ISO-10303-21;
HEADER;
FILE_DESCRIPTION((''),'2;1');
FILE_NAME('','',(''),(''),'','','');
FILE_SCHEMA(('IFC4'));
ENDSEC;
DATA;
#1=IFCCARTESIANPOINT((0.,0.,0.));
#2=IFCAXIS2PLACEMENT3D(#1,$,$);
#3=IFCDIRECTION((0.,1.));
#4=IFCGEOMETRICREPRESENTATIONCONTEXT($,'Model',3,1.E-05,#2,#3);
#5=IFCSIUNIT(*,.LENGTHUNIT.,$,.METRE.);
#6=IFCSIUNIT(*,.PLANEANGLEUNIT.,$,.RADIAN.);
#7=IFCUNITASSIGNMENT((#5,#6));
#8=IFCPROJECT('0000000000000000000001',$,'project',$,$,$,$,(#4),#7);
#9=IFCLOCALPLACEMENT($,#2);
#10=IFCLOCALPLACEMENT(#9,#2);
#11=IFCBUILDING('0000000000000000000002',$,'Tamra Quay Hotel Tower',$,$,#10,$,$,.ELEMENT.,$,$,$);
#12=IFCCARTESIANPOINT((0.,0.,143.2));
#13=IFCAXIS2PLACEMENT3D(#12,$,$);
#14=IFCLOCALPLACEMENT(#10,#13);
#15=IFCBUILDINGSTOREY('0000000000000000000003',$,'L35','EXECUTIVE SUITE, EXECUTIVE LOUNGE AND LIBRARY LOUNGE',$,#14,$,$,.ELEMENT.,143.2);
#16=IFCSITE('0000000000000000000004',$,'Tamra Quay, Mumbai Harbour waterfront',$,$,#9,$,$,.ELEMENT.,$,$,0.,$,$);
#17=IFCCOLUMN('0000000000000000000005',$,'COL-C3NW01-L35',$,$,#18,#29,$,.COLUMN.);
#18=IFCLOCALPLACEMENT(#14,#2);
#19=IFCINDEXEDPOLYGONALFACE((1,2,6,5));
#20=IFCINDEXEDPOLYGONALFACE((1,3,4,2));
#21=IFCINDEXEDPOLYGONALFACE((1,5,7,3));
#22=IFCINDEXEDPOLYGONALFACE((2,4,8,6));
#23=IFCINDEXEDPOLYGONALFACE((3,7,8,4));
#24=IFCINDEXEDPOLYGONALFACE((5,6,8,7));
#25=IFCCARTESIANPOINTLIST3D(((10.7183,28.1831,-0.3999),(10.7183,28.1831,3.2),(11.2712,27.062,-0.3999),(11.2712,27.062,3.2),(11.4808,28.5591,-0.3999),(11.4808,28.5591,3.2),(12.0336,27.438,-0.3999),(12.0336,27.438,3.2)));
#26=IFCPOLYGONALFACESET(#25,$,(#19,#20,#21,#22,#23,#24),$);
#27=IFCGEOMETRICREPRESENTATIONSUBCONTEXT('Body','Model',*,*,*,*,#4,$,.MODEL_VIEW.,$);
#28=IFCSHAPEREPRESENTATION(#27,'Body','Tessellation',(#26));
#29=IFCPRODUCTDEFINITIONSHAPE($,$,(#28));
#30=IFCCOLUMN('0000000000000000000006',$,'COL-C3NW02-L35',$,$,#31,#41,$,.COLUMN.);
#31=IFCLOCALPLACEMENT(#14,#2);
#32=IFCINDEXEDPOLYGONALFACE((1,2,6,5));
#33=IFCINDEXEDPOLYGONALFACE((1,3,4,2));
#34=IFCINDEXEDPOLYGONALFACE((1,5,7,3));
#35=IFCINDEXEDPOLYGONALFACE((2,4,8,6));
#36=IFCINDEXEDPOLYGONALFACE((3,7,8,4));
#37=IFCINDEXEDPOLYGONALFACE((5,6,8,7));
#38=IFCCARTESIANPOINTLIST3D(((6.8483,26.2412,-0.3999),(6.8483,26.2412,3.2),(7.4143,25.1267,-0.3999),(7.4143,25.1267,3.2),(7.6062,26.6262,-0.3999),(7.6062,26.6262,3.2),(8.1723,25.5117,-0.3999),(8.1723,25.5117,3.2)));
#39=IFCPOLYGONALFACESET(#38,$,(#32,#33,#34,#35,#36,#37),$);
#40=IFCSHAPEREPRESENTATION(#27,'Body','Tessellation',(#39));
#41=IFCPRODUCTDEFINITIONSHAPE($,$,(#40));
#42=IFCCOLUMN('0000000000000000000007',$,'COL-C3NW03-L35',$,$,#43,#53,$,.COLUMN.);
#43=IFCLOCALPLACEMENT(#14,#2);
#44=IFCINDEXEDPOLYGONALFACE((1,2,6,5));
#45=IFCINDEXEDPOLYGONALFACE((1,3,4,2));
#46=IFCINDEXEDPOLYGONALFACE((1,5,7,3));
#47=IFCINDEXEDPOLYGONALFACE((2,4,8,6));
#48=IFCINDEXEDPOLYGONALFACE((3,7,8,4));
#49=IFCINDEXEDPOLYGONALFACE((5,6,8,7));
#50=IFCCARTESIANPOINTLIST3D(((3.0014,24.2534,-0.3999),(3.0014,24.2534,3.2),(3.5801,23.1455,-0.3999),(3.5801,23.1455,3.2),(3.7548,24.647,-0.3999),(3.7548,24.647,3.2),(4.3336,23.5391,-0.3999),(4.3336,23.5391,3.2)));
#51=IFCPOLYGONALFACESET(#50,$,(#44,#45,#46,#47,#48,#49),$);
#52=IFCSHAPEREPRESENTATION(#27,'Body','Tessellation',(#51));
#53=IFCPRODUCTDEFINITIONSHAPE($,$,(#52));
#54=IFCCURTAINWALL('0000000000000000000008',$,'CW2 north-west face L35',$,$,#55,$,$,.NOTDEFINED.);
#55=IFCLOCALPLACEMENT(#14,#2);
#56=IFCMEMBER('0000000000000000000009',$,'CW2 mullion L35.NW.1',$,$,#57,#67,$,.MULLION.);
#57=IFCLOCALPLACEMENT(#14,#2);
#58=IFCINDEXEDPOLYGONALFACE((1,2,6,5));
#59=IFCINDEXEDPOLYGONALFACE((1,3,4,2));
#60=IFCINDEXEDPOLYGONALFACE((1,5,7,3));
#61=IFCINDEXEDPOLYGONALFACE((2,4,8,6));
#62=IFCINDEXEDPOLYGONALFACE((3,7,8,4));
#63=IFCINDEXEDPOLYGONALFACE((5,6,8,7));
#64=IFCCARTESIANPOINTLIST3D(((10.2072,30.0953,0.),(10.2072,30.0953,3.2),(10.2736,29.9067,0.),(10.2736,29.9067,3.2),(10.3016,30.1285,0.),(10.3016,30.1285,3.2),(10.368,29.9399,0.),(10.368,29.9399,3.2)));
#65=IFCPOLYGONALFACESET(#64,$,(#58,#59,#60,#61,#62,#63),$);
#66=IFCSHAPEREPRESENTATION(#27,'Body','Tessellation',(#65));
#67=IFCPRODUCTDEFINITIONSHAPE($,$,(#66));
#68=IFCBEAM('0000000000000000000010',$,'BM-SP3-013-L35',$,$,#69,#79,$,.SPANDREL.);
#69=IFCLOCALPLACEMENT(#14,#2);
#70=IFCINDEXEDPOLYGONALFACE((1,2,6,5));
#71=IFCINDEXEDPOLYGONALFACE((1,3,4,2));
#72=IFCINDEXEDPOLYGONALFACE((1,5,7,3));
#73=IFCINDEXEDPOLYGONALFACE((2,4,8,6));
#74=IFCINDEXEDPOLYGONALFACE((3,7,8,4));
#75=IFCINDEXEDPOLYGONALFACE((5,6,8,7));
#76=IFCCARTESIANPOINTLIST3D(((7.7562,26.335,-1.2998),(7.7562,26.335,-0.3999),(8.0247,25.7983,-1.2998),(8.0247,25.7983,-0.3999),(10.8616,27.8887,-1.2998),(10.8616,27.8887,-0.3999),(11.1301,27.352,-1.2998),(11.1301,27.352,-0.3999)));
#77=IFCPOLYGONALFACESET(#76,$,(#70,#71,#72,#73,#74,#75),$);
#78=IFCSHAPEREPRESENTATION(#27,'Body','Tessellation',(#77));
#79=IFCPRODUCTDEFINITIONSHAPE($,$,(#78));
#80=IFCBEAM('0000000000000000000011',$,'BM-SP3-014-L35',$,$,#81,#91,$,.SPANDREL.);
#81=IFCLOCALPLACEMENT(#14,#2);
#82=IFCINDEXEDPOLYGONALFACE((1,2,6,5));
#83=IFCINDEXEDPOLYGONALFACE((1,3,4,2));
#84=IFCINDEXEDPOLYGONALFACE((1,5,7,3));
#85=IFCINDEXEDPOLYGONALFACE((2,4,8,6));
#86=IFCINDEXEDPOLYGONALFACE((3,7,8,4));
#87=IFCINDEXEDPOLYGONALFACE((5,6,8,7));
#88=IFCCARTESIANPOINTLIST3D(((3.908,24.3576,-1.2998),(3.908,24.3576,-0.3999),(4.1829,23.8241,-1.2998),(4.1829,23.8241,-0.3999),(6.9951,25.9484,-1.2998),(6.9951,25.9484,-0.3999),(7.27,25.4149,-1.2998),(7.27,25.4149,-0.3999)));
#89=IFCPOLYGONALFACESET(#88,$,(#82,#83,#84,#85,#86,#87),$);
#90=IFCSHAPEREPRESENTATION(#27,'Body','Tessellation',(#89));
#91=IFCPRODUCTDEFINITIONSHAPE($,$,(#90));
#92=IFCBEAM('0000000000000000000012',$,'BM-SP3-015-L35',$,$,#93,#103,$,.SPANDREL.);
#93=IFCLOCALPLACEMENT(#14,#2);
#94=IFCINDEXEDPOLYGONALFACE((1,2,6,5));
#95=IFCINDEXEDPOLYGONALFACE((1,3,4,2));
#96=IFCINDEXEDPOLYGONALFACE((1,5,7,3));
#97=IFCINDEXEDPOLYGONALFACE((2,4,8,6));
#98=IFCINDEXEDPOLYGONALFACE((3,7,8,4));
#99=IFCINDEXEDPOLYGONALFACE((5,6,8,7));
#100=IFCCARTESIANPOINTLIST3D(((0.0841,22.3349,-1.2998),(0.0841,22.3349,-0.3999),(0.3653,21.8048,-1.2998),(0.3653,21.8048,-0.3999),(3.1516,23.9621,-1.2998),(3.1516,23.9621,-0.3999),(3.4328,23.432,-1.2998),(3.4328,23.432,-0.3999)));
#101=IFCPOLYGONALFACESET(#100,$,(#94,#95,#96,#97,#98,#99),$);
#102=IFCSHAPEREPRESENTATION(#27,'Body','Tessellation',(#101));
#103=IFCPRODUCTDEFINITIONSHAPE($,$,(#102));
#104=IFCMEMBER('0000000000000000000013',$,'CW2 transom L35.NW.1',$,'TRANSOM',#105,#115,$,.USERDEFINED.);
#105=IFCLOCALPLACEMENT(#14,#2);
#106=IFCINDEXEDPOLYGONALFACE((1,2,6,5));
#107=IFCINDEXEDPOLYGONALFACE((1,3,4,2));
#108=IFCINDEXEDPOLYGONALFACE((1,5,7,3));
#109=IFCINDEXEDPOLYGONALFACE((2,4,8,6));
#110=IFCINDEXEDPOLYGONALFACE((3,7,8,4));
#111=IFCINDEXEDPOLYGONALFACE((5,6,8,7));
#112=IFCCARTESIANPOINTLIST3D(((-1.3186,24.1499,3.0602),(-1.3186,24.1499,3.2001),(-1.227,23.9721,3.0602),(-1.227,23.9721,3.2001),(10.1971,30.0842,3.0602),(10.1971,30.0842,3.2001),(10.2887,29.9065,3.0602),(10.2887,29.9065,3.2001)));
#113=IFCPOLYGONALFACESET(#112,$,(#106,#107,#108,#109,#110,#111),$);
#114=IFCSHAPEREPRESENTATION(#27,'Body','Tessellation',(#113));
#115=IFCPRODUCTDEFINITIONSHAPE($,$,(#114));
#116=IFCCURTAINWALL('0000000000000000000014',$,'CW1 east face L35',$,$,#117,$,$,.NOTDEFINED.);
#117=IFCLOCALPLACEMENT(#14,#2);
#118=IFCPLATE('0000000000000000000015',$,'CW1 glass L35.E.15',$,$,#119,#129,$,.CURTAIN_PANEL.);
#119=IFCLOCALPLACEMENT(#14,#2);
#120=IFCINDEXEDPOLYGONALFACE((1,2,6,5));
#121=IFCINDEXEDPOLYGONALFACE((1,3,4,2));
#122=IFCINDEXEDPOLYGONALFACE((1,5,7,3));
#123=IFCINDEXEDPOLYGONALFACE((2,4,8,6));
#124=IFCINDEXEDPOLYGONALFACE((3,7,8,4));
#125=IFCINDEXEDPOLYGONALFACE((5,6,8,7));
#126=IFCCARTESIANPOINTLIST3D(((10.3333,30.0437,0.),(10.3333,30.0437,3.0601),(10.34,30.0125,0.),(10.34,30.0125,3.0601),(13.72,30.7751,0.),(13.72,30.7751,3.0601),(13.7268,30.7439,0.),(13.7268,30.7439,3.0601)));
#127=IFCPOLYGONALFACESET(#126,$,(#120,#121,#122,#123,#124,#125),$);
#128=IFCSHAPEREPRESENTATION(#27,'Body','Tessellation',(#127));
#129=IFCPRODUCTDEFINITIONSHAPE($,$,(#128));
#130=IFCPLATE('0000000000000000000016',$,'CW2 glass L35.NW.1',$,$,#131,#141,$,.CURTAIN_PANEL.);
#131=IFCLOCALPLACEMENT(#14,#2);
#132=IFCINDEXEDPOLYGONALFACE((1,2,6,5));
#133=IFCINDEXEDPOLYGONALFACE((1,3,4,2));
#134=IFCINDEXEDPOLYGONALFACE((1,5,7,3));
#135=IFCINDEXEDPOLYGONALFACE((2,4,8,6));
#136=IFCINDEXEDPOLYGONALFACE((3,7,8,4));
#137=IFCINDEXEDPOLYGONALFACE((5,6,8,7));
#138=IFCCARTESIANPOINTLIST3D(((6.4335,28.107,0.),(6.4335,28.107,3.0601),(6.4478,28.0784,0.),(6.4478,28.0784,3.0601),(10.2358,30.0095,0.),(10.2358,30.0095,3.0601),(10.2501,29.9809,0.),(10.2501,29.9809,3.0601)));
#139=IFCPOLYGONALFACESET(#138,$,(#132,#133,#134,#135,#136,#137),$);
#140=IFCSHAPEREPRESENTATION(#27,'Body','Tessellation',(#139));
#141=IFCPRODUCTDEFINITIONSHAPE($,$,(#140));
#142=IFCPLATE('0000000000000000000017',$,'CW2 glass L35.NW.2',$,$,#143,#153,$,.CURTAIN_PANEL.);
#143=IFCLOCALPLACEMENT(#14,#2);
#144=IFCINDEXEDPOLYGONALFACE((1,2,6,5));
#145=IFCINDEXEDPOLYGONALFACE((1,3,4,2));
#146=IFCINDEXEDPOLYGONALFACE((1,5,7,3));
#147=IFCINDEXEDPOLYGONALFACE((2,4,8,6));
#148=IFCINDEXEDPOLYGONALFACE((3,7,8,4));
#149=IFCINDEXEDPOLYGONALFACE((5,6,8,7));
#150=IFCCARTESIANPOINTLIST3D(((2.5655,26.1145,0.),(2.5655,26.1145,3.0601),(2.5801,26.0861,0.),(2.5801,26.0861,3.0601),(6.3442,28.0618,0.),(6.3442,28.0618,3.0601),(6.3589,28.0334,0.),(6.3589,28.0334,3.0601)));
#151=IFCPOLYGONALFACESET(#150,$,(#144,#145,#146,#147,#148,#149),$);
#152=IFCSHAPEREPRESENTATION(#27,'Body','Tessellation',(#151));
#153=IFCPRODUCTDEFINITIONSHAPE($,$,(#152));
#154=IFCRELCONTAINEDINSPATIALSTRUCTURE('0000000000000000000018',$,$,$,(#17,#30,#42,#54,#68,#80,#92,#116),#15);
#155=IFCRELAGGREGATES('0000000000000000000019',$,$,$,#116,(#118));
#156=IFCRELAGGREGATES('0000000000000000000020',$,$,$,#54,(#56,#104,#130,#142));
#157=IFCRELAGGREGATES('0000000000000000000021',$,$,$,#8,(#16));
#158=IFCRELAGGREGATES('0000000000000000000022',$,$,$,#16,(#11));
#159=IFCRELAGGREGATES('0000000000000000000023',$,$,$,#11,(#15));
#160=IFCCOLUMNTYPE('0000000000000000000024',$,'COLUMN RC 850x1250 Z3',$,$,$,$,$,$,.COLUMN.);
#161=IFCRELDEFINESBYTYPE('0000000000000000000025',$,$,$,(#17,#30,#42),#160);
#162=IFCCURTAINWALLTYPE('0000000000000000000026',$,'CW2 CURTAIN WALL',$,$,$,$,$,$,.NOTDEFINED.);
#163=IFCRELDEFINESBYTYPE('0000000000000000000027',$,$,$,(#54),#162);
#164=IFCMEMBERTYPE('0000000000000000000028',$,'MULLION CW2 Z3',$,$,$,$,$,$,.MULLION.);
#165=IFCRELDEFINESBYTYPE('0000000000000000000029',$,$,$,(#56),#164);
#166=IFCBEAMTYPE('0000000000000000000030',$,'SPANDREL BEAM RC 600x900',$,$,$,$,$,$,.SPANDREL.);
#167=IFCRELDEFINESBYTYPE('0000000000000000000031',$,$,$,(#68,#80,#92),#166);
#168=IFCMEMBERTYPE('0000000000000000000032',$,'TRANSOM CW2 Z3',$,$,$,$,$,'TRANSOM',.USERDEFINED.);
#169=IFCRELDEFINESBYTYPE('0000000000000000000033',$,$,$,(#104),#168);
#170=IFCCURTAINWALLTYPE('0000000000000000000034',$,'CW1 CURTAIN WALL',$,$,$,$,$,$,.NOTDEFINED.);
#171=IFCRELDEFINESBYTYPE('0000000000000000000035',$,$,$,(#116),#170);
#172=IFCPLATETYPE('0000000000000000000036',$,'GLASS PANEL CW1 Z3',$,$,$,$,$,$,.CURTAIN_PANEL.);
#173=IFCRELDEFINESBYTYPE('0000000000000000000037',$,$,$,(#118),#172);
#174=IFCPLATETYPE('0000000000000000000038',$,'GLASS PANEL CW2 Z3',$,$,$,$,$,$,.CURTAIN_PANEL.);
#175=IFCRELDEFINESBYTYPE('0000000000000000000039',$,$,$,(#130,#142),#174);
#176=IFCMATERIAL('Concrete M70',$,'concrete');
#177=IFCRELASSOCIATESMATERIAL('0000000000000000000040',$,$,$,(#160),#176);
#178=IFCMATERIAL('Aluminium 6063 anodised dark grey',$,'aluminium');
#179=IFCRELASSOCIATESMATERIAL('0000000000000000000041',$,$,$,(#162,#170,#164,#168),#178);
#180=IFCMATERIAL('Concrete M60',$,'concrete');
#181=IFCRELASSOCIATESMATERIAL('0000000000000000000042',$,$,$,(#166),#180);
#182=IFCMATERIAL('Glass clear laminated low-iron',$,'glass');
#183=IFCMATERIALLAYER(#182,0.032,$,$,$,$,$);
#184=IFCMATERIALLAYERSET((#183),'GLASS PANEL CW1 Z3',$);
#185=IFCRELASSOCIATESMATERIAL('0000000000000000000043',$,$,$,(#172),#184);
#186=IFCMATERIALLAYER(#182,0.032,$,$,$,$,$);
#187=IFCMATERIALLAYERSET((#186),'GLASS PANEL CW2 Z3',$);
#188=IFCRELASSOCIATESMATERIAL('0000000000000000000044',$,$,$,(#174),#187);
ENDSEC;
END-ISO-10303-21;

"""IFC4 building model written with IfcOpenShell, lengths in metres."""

from ifc_helpers import new_model, si_unit, direction, frame, origin, origin_2d, place, context, subcontext, project, spatial, rectangle, extrude, material, layer, layer_set, material_profile, profile_set, type_object, element, aggregate, save


model = new_model("IFC4")

# Units and contexts
model_context = context("Model", 3, precision=1e-05, world=origin(), true_north=direction((0.0, 1.0)))
body_context = subcontext(model_context, "Body", "Model", "MODEL_VIEW")
ifc_project = project(units=[si_unit("LENGTHUNIT", "METRE"), si_unit("PLANEANGLEUNIT", "RADIAN")], contexts=[model_context])

# Site, building, storey
site_placement = place(None, origin())
site = spatial("IfcSite", under=ifc_project, at=site_placement, Name="Tamra Quay, Mumbai Harbour waterfront", CompositionType="ELEMENT", RefElevation=0.0)
building_placement = place(site_placement, origin())
building = spatial("IfcBuilding", under=site, at=building_placement, Name="Tamra Quay Hotel Tower", CompositionType="ELEMENT")
storey_placement = place(building_placement, frame((0.0, 0.0, 143.2)))
storey = spatial("IfcBuildingStorey", under=building, at=storey_placement, Name="L35", Description="EXECUTIVE SUITE, EXECUTIVE LOUNGE AND LIBRARY LOUNGE", CompositionType="ELEMENT", Elevation=143.2)

# Columns
ifc_material_1 = material(Name="Concrete M70", Category="concrete")
ifc_material_profile_1 = material_profile(ifc_material_1, rectangle(XDim=1.25, YDim=0.8501, at=origin_2d()), Name="COLUMN RC 850x1250 Z3")
ifc_profile_set_1 = profile_set([ifc_material_profile_1], Name="Concrete M70")
column_type = type_object("IfcColumnType", Name="COLUMN RC 850x1250 Z3", PredefinedType="COLUMN", material=ifc_profile_set_1)
for number, where, z_axis, x_axis, name in (
    (1, (11.376, 27.8105, -0.3999), (0.0, 0.0, 1.0), (-0.442275, 0.89688, 0.0), "COL-C3NW01-L35"),
    (2, (7.5103, 25.8765, -0.3999), (0.0, 0.0, 1.0), (-0.45286, 0.891582, 0.0), "COL-C3NW02-L35"),
    (3, (3.6675, 23.8962, -0.3999), (0.0, 0.0, 1.0), (-0.463007, 0.886355, 0.0), "COL-C3NW03-L35"),
):
    element("IfcColumn", number, at=place(storey_placement, frame(where, z_axis=z_axis, x_axis=x_axis)), inside=storey, type_object=column_type, Name=name, PredefinedType="COLUMN", context=body_context, shape_type="SweptSolid", body=[
        extrude(rectangle(XDim=1.25, YDim=0.8501, at=origin_2d()), origin(), (0.0, 0.0, 1.0), 3.5999),
    ])

# Curtain wall, member
ifc_material_2 = material(Name="Aluminium 6063 anodised dark grey", Category="aluminium")
curtain_wall_type_1 = type_object("IfcCurtainWallType", Name="CW2 CURTAIN WALL", PredefinedType="NOTDEFINED", material=ifc_material_2)
curtain_wall_1_placement = place(storey_placement, origin())
curtain_wall_1 = element("IfcCurtainWall", 4, at=curtain_wall_1_placement, inside=storey, type_object=curtain_wall_type_1, Name="CW2 north-west face L35", PredefinedType="NOTDEFINED")
ifc_material_profile_2 = material_profile(ifc_material_2, rectangle(XDim=0.2, YDim=0.1001, at=origin_2d()), Name="MULLION 100X200")
ifc_profile_set_2 = profile_set([ifc_material_profile_2], Name="Aluminium 6063 anodised dark grey")
member_type_1 = type_object("IfcMemberType", Name="MULLION CW2 Z3", PredefinedType="MULLION", material=ifc_profile_set_2)
member_1_placement = place(storey_placement, frame((10.2876, 30.0176, 0.0), z_axis=(0.0, 0.0, 1.0), x_axis=(-0.331894, 0.943317, 0.0)))
member_1 = element("IfcMember", 5, at=member_1_placement, type_object=member_type_1, Name="CW2 mullion L35.NW.1", PredefinedType="MULLION", context=body_context, shape_type="SweptSolid", body=[
    extrude(rectangle(XDim=0.2, YDim=0.1001, at=origin_2d()), origin(), (0.0, 0.0, 1.0), 3.2),
])

# Beams
ifc_material_3 = material(Name="Concrete M60", Category="concrete")
ifc_material_profile_3 = material_profile(ifc_material_3, rectangle(XDim=0.6001, YDim=0.8999, at=origin_2d()), Name="SPANDREL BEAM RC 600x900")
ifc_profile_set_3 = profile_set([ifc_material_profile_3], Name="Concrete M60")
beam_type = type_object("IfcBeamType", Name="SPANDREL BEAM RC 600x900", PredefinedType="SPANDREL", material=ifc_profile_set_3)
beam_1_placement = place(storey_placement, frame((10.9958, 27.6204, -0.8499), z_axis=(-0.894315, -0.447439, 0.0), x_axis=(0.447439, -0.894315, 0.0)))
element("IfcBeam", 6, at=beam_1_placement, inside=storey, type_object=beam_type, Name="BM-SP3-013-L35", PredefinedType="SPANDREL", context=body_context, shape_type="SweptSolid", body=[
    extrude(rectangle(XDim=0.6001, YDim=0.8999, at=origin_2d()), origin(), (0.0, 0.0, 1.0), 3.4724),
])
beam_2_placement = place(storey_placement, frame((7.1326, 25.6816, -0.8499), z_axis=(-0.88892, -0.458063, 0.0), x_axis=(0.458063, -0.88892, 0.0)))
element("IfcBeam", 7, at=beam_2_placement, inside=storey, type_object=beam_type, Name="BM-SP3-014-L35", PredefinedType="SPANDREL", context=body_context, shape_type="SweptSolid", body=[
    extrude(rectangle(XDim=0.6001, YDim=0.8999, at=origin_2d()), origin(), (0.0, 0.0, 1.0), 3.4729),
])
beam_3_placement = place(storey_placement, frame((3.2922, 23.697, -0.8499), z_axis=(-0.883411, -0.468598, 0.0), x_axis=(0.468598, -0.883411, 0.0)))
element("IfcBeam", 8, at=beam_3_placement, inside=storey, type_object=beam_type, Name="BM-SP3-015-L35", PredefinedType="SPANDREL", context=body_context, shape_type="SweptSolid", body=[
    extrude(rectangle(XDim=0.6001, YDim=0.8999, at=origin_2d()), origin(), (0.0, 0.0, 1.0), 3.4724),
])

# Member
ifc_material_profile_4 = material_profile(ifc_material_2, rectangle(XDim=0.2, YDim=0.1399, at=origin_2d()), Name="TRANSOM 200X140")
ifc_profile_set_4 = profile_set([ifc_material_profile_4], Name="Aluminium 6063 anodised dark grey")
member_type_2 = type_object("IfcMemberType", Name="TRANSOM CW2 Z3", ElementType="TRANSOM", PredefinedType="USERDEFINED", material=ifc_profile_set_4)
member_2_placement = place(storey_placement, frame((10.2429, 29.9954, 3.1301), z_axis=(-0.888911, -0.458081, 0.0), x_axis=(0.458081, -0.888911, 0.0)))
member_2 = element("IfcMember", 9, at=member_2_placement, type_object=member_type_2, Name="CW2 transom L35.NW.1", ObjectType="TRANSOM", PredefinedType="USERDEFINED", context=body_context, shape_type="SweptSolid", body=[
    extrude(rectangle(XDim=0.2, YDim=0.1399, at=origin_2d()), origin(), (0.0, 0.0, 1.0), 12.9548),
])

# Curtain wall, plate
curtain_wall_type_2 = type_object("IfcCurtainWallType", Name="CW1 CURTAIN WALL", PredefinedType="NOTDEFINED", material=ifc_material_2)
curtain_wall_2_placement = place(storey_placement, origin())
curtain_wall_2 = element("IfcCurtainWall", 10, at=curtain_wall_2_placement, inside=storey, type_object=curtain_wall_type_2, Name="CW1 east face L35", PredefinedType="NOTDEFINED")
ifc_material_4 = material(Name="Glass clear laminated low-iron", Category="glass")
ifc_layer_1 = layer(ifc_material_4, 0.032)
ifc_layer_set_1 = layer_set([ifc_layer_1], Name="GLASS PANEL CW1 Z3")
plate_type_1 = type_object("IfcPlateType", Name="GLASS PANEL CW1 Z3", PredefinedType="CURTAIN_PANEL", material=ifc_layer_set_1)
plate_1_placement = place(storey_placement, frame((12.03, 30.3938, 0.0), z_axis=(0.0, 0.0, 1.0), x_axis=(-0.977465, -0.211099, 0.0)))
plate_1 = element("IfcPlate", 11, at=plate_1_placement, type_object=plate_type_1, Name="CW1 glass L35.E.15", PredefinedType="CURTAIN_PANEL", context=body_context, shape_type="SweptSolid", body=[
    extrude(rectangle(XDim=3.4648, YDim=0.032, at=origin_2d()), origin(), (0.0, 0.0, 1.0), 3.0601),
])
aggregate(curtain_wall_2, [plate_1])

# Plates
ifc_layer_2 = layer(ifc_material_4, 0.032)
ifc_layer_set_2 = layer_set([ifc_layer_2], Name="GLASS PANEL CW2 Z3")
plate_type_2 = type_object("IfcPlateType", Name="GLASS PANEL CW2 Z3", PredefinedType="CURTAIN_PANEL", material=ifc_layer_set_2)
plate_2_placement = place(storey_placement, frame((8.3418, 29.0439, 0.0), z_axis=(0.0, 0.0, 1.0), x_axis=(-0.894305, -0.447459, 0.0)))
plate_2 = element("IfcPlate", 12, at=plate_2_placement, type_object=plate_type_2, Name="CW2 glass L35.NW.1", PredefinedType="CURTAIN_PANEL", context=body_context, shape_type="SweptSolid", body=[
    extrude(rectangle(XDim=4.2517, YDim=0.032, at=origin_2d()), origin(), (0.0, 0.0, 1.0), 3.0601),
])
plate_3_placement = place(storey_placement, frame((4.4622, 27.074, 0.0), z_axis=(0.0, 0.0, 1.0), x_axis=(-0.888911, -0.458079, 0.0)))
plate_3 = element("IfcPlate", 13, at=plate_3_placement, type_object=plate_type_2, Name="CW2 glass L35.NW.2", PredefinedType="CURTAIN_PANEL", context=body_context, shape_type="SweptSolid", body=[
    extrude(rectangle(XDim=4.251, YDim=0.032, at=origin_2d()), origin(), (0.0, 0.0, 1.0), 3.0601),
])
aggregate(curtain_wall_1, [member_1, member_2, plate_2, plate_3])

save(model, "model.ifc")
